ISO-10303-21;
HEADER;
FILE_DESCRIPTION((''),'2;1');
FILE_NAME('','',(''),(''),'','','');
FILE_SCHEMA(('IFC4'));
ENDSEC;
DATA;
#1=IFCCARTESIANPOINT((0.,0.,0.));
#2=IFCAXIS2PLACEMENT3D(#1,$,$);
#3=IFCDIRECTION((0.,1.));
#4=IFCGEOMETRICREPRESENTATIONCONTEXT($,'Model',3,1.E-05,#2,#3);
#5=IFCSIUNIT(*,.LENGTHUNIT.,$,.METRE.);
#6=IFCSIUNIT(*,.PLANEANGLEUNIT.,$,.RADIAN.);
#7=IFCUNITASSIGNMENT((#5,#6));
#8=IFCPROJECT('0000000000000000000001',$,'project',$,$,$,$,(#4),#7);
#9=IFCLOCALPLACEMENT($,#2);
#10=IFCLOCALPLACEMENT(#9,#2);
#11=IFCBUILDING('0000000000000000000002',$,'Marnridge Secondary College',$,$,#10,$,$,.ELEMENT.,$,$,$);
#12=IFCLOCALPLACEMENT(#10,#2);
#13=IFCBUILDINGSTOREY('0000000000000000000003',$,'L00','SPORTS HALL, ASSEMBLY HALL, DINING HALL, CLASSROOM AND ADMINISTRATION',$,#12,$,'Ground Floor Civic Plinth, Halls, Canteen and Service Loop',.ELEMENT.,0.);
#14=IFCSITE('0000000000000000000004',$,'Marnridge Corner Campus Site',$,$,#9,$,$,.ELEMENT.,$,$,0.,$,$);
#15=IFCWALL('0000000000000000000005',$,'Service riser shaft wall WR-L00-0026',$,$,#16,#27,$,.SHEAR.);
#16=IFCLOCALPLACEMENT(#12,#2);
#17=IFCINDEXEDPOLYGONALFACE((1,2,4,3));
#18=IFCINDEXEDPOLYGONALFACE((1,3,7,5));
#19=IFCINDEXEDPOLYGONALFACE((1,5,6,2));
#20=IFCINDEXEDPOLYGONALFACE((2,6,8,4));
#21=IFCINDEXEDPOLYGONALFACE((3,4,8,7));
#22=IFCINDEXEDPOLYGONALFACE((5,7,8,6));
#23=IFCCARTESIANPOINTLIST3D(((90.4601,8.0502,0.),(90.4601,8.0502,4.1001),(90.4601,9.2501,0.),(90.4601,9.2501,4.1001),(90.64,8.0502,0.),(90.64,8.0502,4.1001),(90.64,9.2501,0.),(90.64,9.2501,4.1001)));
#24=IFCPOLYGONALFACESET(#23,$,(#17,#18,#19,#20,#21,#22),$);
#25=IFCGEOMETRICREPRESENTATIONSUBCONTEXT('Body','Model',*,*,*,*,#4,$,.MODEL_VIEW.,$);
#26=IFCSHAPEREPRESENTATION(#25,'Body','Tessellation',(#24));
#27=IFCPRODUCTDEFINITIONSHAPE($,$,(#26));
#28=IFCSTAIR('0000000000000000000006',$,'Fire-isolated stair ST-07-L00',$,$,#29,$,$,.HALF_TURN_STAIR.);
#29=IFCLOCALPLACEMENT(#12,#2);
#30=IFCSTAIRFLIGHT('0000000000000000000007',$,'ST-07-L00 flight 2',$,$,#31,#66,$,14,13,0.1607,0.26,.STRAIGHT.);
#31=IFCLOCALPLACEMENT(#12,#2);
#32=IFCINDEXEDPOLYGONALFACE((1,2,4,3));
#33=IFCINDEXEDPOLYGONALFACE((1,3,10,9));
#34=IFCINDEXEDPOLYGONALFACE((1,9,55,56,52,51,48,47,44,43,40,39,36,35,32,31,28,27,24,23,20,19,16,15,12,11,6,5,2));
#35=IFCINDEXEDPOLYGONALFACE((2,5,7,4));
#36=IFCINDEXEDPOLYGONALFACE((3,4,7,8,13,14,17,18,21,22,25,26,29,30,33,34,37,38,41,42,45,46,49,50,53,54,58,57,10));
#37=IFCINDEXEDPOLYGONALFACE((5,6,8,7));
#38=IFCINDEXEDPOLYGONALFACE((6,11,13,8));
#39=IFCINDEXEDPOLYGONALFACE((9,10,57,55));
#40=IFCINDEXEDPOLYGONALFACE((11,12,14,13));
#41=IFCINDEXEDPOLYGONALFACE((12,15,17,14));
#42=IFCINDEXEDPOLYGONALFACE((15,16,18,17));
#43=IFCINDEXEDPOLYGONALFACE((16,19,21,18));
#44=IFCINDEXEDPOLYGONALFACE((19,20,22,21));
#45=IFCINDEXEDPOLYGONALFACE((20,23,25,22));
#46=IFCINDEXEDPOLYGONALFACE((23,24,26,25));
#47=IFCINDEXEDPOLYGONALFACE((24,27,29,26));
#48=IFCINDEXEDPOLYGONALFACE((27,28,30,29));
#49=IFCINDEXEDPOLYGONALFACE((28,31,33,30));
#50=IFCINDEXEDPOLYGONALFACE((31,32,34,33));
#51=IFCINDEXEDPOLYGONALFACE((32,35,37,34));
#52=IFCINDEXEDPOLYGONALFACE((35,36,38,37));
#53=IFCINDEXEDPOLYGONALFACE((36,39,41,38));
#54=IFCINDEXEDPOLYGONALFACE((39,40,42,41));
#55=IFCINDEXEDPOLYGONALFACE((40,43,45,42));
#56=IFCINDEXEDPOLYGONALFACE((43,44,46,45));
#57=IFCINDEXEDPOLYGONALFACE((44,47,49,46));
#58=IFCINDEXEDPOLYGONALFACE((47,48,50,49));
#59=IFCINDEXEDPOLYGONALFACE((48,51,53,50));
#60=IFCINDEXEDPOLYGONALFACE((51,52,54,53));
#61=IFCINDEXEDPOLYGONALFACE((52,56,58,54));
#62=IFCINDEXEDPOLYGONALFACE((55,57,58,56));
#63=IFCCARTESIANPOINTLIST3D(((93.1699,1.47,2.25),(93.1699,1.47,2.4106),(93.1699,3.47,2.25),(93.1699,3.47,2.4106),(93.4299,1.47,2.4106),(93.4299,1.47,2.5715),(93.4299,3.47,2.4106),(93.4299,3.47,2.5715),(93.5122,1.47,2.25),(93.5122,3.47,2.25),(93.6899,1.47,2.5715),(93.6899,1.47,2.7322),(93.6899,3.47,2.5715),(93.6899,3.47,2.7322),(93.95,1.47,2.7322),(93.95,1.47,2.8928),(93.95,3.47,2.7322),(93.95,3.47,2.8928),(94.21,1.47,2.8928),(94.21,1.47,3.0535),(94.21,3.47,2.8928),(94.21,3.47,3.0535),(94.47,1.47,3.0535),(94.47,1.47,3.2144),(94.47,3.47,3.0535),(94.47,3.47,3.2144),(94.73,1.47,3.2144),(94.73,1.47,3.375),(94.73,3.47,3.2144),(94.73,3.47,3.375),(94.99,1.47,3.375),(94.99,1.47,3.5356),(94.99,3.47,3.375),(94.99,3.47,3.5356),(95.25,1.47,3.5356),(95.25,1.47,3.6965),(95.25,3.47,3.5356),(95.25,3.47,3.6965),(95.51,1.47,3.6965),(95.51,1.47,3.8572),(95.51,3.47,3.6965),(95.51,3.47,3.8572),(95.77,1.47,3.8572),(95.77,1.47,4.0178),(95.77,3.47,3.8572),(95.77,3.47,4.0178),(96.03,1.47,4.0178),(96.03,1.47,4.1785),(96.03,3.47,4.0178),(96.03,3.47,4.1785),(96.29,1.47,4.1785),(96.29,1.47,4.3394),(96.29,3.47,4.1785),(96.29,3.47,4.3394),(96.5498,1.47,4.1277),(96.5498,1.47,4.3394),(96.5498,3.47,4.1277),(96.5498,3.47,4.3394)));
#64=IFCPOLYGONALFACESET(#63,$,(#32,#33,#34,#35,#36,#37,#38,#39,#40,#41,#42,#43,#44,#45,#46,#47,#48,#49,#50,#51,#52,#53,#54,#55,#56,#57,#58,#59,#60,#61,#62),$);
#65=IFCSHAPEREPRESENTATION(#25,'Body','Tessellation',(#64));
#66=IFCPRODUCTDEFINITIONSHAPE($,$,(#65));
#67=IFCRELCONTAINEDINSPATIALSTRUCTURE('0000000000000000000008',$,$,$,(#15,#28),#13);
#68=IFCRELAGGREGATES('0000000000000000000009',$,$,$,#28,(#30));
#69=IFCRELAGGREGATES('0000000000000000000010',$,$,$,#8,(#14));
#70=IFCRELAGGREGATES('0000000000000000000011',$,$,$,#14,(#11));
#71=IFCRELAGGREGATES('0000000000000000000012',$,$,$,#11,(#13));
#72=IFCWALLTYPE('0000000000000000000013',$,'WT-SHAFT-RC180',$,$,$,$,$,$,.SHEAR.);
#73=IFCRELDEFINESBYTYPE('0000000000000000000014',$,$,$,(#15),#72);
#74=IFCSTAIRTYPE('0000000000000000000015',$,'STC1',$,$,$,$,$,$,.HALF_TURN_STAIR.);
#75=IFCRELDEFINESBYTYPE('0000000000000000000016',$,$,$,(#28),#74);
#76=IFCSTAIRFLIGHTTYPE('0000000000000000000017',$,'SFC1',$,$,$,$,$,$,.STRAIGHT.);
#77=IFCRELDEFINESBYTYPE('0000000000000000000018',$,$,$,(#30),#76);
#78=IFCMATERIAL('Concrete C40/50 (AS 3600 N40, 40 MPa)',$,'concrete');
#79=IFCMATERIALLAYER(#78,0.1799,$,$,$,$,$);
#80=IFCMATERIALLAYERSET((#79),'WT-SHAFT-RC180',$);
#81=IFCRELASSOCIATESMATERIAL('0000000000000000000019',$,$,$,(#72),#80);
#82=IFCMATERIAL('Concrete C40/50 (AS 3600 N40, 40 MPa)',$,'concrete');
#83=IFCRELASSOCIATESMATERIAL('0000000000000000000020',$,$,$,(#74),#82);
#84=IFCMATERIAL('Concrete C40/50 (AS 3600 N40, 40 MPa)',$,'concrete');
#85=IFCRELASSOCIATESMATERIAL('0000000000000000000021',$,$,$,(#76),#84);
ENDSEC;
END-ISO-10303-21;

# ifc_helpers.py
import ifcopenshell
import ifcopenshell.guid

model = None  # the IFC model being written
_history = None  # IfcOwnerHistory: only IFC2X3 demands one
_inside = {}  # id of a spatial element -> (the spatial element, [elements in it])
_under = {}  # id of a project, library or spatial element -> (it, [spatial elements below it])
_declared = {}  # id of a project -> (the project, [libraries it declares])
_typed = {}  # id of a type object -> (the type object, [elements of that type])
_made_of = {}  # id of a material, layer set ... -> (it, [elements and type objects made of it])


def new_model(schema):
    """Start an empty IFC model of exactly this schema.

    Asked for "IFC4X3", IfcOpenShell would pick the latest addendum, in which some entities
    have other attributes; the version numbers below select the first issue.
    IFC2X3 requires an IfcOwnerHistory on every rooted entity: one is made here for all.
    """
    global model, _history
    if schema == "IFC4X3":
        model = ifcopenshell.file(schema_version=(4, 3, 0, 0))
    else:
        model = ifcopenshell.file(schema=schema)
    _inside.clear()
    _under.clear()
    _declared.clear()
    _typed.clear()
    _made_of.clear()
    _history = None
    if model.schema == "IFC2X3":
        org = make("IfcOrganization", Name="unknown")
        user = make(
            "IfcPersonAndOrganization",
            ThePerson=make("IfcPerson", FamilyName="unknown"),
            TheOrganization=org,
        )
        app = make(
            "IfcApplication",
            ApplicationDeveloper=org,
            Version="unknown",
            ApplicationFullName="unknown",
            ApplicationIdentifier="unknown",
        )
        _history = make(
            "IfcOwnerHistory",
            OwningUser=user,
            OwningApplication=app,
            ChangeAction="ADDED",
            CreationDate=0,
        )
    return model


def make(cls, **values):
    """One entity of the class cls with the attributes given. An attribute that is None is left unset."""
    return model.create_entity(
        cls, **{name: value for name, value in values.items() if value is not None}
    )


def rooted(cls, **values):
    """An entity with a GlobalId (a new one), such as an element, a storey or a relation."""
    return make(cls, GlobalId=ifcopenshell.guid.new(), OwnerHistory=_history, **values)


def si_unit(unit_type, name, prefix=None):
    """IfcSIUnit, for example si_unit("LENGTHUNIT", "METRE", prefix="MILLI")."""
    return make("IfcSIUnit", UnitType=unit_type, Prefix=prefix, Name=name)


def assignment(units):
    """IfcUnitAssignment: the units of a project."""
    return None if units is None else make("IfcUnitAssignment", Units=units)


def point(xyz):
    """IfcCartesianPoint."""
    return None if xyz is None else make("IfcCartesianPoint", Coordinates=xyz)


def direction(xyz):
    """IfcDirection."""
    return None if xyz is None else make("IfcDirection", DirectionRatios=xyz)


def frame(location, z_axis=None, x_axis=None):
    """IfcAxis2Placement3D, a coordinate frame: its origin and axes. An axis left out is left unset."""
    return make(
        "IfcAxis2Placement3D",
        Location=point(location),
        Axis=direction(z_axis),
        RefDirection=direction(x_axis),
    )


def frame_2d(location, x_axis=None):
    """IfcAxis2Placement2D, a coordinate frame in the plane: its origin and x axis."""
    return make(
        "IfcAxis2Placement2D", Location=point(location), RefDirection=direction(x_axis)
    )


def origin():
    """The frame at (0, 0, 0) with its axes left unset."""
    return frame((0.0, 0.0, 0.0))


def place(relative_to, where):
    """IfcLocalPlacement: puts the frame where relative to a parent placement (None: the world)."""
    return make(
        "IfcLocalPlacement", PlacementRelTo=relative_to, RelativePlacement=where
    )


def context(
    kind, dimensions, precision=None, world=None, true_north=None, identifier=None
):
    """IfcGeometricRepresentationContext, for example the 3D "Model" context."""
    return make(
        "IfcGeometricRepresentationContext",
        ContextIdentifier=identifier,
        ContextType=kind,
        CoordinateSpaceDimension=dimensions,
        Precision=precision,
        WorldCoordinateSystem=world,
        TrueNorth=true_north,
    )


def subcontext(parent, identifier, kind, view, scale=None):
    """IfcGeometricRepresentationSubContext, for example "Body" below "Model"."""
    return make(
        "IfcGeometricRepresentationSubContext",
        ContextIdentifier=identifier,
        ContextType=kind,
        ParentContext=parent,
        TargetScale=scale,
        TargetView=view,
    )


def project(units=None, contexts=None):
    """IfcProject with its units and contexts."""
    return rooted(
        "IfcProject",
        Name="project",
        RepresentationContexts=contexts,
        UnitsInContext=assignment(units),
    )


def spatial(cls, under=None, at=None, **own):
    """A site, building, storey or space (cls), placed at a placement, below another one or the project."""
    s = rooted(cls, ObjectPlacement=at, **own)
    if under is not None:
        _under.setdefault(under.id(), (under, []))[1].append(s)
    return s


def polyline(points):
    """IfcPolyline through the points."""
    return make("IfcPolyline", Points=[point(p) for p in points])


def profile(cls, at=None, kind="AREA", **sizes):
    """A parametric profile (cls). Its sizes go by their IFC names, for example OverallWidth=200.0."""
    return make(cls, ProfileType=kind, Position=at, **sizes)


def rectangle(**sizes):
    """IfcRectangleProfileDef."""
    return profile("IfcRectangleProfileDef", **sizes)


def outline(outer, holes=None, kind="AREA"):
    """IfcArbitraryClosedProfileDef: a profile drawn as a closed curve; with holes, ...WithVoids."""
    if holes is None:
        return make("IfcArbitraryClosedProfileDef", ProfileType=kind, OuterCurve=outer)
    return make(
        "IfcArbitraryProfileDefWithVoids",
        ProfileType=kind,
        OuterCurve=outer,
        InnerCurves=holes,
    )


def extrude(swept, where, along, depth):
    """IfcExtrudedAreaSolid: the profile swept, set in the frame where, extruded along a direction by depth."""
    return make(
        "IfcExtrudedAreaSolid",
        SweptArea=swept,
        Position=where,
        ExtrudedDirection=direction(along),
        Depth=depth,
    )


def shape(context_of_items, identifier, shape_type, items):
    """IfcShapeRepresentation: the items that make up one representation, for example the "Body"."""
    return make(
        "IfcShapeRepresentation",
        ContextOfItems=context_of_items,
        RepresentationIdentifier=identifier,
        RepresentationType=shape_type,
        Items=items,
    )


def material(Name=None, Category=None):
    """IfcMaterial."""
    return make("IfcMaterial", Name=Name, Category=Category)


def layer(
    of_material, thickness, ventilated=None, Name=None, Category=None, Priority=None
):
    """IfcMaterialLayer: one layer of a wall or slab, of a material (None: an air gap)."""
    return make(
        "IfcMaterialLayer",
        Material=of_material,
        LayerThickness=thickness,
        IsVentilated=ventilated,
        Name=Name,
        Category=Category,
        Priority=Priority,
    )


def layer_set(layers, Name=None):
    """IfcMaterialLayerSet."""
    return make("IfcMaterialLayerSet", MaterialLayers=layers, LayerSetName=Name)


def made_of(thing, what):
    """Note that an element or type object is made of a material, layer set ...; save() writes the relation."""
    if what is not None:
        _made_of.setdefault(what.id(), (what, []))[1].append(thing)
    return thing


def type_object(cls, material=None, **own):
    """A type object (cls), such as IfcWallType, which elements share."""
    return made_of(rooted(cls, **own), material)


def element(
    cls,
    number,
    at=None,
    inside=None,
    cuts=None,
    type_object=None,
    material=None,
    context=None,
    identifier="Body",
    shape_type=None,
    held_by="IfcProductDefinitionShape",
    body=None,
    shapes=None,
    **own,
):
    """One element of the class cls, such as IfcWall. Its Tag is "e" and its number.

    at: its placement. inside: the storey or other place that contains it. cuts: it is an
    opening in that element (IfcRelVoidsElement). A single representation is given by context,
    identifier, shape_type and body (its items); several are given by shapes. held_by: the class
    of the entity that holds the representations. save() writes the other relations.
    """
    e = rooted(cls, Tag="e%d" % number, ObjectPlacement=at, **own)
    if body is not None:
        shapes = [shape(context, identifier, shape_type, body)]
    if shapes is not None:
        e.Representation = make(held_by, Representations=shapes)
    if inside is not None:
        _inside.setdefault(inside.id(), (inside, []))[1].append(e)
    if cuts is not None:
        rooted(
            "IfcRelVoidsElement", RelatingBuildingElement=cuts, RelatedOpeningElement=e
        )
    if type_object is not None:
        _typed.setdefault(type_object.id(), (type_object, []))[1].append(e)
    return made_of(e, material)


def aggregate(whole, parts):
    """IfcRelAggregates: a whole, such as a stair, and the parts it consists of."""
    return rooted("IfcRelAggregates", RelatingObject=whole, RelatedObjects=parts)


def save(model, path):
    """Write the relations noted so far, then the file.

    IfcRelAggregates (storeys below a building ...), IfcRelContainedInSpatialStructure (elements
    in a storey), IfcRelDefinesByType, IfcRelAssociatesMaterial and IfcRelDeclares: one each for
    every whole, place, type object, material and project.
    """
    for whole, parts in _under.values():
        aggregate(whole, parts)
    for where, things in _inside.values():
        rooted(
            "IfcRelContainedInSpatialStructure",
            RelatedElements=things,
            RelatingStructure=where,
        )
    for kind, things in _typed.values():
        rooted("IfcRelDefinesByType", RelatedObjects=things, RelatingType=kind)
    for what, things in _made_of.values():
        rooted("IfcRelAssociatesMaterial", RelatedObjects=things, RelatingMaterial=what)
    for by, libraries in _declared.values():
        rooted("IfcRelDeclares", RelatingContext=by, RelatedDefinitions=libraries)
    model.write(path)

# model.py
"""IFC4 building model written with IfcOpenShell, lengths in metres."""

from ifc_helpers import new_model, si_unit, direction, frame, frame_2d, origin, place, context, subcontext, project, spatial, polyline, rectangle, outline, extrude, material, layer, layer_set, type_object, element, aggregate, save


model = new_model("IFC4")

# Units and contexts
model_context = context("Model", 3, precision=1e-05, world=origin(), true_north=direction((0.0, 1.0)))
body_context = subcontext(model_context, "Body", "Model", "MODEL_VIEW")
ifc_project = project(units=[si_unit("LENGTHUNIT", "METRE"), si_unit("PLANEANGLEUNIT", "RADIAN")], contexts=[model_context])

# Site, building, storey
site_placement = place(None, origin())
site = spatial("IfcSite", under=ifc_project, at=site_placement, Name="Marnridge Corner Campus Site", CompositionType="ELEMENT", RefElevation=0.0)
building_placement = place(site_placement, origin())
building = spatial("IfcBuilding", under=site, at=building_placement, Name="Marnridge Secondary College", CompositionType="ELEMENT")
storey_placement = place(building_placement, origin())
storey = spatial("IfcBuildingStorey", under=building, at=storey_placement, Name="L00", Description="SPORTS HALL, ASSEMBLY HALL, DINING HALL, CLASSROOM AND ADMINISTRATION", LongName="Ground Floor Civic Plinth, Halls, Canteen and Service Loop", CompositionType="ELEMENT", Elevation=0.0)

# Wall
ifc_material_1 = material(Name="Concrete C40/50 (AS 3600 N40, 40 MPa)", Category="concrete")
ifc_layer_1 = layer(ifc_material_1, 0.1799)
ifc_layer_set_1 = layer_set([ifc_layer_1], Name="WT-SHAFT-RC180")
wall_type_1 = type_object("IfcWallType", Name="WT-SHAFT-RC180", PredefinedType="SHEAR", material=ifc_layer_set_1)
for number, where, z_axis, x_axis, name in (
    (1, (90.55, 8.05, 0.0), (0.0, 0.0, 1.0), (0.0, 1.0, 0.0), "Service riser shaft wall WR-L00-0026"),
):
    element("IfcWall", number, at=place(storey_placement, frame(where, z_axis=z_axis, x_axis=x_axis)), inside=storey, type_object=wall_type_1, Name=name, PredefinedType="SHEAR", context=body_context, shape_type="SweptSolid", body=[
        extrude(rectangle(XDim=1.2, YDim=0.1799, at=frame_2d((0.6001, 0.0))), origin(), (0.0, 0.0, 1.0), 4.1001),
    ])

# Stair, stair flight
ifc_material_2 = material(Name="Concrete C40/50 (AS 3600 N40, 40 MPa)", Category="concrete")
stair_type = type_object("IfcStairType", Name="STC1", PredefinedType="HALF_TURN_STAIR", material=ifc_material_2)
stair_placement = place(storey_placement, origin())
stair = element("IfcStair", 2, at=stair_placement, inside=storey, type_object=stair_type, Name="Fire-isolated stair ST-07-L00", PredefinedType="HALF_TURN_STAIR")
ifc_material_3 = material(Name="Concrete C40/50 (AS 3600 N40, 40 MPa)", Category="concrete")
stair_flight_type = type_object("IfcStairFlightType", Name="SFC1", PredefinedType="STRAIGHT", material=ifc_material_3)
stair_flight_placement = place(storey_placement, frame((93.1699, 2.47, 2.25), z_axis=(0.0, 0.0, 1.0), x_axis=(1.0, 0.0, 0.0)))
stair_flight = element("IfcStairFlight", 3, at=stair_flight_placement, type_object=stair_flight_type, Name="ST-07-L00 flight 2", NumberOfRisers=14, NumberOfTreads=13, PredefinedType="STRAIGHT", RiserHeight=0.1607, TreadLength=0.26, context=body_context, shape_type="SweptSolid", body=[
    extrude(outline(polyline([(0.0, 0.0), (0.0, 0.1606), (0.26, 0.1606), (0.26, 0.3215), (0.52, 0.3215), (0.52, 0.4822), (0.78, 0.4822), (0.78, 0.6428), (1.04, 0.6428), (1.04, 0.8035), (1.3, 0.8035), (1.3, 0.9644), (1.5601, 0.9644), (1.5601, 1.125), (1.8201, 1.125), (1.8201, 1.2856), (2.0801, 1.2856), (2.0801, 1.4465), (2.3401, 1.4465), (2.3401, 1.6072), (2.6001, 1.6072), (2.6001, 1.7678), (2.8601, 1.7678), (2.8601, 1.9285), (3.1201, 1.9285), (3.1201, 2.0894), (3.3799, 2.0894), (3.3799, 2.25), (3.3799, 1.8777), (0.3423, 0.0), (0.0, 0.0)])), frame((0.0, 1.0, 0.0), z_axis=(0.0, -1.0, 0.0), x_axis=(1.0, 0.0, 0.0)), (0.0, 0.0, 1.0), 2.0),
])
aggregate(stair, [stair_flight])

save(model, "model.ifc")
